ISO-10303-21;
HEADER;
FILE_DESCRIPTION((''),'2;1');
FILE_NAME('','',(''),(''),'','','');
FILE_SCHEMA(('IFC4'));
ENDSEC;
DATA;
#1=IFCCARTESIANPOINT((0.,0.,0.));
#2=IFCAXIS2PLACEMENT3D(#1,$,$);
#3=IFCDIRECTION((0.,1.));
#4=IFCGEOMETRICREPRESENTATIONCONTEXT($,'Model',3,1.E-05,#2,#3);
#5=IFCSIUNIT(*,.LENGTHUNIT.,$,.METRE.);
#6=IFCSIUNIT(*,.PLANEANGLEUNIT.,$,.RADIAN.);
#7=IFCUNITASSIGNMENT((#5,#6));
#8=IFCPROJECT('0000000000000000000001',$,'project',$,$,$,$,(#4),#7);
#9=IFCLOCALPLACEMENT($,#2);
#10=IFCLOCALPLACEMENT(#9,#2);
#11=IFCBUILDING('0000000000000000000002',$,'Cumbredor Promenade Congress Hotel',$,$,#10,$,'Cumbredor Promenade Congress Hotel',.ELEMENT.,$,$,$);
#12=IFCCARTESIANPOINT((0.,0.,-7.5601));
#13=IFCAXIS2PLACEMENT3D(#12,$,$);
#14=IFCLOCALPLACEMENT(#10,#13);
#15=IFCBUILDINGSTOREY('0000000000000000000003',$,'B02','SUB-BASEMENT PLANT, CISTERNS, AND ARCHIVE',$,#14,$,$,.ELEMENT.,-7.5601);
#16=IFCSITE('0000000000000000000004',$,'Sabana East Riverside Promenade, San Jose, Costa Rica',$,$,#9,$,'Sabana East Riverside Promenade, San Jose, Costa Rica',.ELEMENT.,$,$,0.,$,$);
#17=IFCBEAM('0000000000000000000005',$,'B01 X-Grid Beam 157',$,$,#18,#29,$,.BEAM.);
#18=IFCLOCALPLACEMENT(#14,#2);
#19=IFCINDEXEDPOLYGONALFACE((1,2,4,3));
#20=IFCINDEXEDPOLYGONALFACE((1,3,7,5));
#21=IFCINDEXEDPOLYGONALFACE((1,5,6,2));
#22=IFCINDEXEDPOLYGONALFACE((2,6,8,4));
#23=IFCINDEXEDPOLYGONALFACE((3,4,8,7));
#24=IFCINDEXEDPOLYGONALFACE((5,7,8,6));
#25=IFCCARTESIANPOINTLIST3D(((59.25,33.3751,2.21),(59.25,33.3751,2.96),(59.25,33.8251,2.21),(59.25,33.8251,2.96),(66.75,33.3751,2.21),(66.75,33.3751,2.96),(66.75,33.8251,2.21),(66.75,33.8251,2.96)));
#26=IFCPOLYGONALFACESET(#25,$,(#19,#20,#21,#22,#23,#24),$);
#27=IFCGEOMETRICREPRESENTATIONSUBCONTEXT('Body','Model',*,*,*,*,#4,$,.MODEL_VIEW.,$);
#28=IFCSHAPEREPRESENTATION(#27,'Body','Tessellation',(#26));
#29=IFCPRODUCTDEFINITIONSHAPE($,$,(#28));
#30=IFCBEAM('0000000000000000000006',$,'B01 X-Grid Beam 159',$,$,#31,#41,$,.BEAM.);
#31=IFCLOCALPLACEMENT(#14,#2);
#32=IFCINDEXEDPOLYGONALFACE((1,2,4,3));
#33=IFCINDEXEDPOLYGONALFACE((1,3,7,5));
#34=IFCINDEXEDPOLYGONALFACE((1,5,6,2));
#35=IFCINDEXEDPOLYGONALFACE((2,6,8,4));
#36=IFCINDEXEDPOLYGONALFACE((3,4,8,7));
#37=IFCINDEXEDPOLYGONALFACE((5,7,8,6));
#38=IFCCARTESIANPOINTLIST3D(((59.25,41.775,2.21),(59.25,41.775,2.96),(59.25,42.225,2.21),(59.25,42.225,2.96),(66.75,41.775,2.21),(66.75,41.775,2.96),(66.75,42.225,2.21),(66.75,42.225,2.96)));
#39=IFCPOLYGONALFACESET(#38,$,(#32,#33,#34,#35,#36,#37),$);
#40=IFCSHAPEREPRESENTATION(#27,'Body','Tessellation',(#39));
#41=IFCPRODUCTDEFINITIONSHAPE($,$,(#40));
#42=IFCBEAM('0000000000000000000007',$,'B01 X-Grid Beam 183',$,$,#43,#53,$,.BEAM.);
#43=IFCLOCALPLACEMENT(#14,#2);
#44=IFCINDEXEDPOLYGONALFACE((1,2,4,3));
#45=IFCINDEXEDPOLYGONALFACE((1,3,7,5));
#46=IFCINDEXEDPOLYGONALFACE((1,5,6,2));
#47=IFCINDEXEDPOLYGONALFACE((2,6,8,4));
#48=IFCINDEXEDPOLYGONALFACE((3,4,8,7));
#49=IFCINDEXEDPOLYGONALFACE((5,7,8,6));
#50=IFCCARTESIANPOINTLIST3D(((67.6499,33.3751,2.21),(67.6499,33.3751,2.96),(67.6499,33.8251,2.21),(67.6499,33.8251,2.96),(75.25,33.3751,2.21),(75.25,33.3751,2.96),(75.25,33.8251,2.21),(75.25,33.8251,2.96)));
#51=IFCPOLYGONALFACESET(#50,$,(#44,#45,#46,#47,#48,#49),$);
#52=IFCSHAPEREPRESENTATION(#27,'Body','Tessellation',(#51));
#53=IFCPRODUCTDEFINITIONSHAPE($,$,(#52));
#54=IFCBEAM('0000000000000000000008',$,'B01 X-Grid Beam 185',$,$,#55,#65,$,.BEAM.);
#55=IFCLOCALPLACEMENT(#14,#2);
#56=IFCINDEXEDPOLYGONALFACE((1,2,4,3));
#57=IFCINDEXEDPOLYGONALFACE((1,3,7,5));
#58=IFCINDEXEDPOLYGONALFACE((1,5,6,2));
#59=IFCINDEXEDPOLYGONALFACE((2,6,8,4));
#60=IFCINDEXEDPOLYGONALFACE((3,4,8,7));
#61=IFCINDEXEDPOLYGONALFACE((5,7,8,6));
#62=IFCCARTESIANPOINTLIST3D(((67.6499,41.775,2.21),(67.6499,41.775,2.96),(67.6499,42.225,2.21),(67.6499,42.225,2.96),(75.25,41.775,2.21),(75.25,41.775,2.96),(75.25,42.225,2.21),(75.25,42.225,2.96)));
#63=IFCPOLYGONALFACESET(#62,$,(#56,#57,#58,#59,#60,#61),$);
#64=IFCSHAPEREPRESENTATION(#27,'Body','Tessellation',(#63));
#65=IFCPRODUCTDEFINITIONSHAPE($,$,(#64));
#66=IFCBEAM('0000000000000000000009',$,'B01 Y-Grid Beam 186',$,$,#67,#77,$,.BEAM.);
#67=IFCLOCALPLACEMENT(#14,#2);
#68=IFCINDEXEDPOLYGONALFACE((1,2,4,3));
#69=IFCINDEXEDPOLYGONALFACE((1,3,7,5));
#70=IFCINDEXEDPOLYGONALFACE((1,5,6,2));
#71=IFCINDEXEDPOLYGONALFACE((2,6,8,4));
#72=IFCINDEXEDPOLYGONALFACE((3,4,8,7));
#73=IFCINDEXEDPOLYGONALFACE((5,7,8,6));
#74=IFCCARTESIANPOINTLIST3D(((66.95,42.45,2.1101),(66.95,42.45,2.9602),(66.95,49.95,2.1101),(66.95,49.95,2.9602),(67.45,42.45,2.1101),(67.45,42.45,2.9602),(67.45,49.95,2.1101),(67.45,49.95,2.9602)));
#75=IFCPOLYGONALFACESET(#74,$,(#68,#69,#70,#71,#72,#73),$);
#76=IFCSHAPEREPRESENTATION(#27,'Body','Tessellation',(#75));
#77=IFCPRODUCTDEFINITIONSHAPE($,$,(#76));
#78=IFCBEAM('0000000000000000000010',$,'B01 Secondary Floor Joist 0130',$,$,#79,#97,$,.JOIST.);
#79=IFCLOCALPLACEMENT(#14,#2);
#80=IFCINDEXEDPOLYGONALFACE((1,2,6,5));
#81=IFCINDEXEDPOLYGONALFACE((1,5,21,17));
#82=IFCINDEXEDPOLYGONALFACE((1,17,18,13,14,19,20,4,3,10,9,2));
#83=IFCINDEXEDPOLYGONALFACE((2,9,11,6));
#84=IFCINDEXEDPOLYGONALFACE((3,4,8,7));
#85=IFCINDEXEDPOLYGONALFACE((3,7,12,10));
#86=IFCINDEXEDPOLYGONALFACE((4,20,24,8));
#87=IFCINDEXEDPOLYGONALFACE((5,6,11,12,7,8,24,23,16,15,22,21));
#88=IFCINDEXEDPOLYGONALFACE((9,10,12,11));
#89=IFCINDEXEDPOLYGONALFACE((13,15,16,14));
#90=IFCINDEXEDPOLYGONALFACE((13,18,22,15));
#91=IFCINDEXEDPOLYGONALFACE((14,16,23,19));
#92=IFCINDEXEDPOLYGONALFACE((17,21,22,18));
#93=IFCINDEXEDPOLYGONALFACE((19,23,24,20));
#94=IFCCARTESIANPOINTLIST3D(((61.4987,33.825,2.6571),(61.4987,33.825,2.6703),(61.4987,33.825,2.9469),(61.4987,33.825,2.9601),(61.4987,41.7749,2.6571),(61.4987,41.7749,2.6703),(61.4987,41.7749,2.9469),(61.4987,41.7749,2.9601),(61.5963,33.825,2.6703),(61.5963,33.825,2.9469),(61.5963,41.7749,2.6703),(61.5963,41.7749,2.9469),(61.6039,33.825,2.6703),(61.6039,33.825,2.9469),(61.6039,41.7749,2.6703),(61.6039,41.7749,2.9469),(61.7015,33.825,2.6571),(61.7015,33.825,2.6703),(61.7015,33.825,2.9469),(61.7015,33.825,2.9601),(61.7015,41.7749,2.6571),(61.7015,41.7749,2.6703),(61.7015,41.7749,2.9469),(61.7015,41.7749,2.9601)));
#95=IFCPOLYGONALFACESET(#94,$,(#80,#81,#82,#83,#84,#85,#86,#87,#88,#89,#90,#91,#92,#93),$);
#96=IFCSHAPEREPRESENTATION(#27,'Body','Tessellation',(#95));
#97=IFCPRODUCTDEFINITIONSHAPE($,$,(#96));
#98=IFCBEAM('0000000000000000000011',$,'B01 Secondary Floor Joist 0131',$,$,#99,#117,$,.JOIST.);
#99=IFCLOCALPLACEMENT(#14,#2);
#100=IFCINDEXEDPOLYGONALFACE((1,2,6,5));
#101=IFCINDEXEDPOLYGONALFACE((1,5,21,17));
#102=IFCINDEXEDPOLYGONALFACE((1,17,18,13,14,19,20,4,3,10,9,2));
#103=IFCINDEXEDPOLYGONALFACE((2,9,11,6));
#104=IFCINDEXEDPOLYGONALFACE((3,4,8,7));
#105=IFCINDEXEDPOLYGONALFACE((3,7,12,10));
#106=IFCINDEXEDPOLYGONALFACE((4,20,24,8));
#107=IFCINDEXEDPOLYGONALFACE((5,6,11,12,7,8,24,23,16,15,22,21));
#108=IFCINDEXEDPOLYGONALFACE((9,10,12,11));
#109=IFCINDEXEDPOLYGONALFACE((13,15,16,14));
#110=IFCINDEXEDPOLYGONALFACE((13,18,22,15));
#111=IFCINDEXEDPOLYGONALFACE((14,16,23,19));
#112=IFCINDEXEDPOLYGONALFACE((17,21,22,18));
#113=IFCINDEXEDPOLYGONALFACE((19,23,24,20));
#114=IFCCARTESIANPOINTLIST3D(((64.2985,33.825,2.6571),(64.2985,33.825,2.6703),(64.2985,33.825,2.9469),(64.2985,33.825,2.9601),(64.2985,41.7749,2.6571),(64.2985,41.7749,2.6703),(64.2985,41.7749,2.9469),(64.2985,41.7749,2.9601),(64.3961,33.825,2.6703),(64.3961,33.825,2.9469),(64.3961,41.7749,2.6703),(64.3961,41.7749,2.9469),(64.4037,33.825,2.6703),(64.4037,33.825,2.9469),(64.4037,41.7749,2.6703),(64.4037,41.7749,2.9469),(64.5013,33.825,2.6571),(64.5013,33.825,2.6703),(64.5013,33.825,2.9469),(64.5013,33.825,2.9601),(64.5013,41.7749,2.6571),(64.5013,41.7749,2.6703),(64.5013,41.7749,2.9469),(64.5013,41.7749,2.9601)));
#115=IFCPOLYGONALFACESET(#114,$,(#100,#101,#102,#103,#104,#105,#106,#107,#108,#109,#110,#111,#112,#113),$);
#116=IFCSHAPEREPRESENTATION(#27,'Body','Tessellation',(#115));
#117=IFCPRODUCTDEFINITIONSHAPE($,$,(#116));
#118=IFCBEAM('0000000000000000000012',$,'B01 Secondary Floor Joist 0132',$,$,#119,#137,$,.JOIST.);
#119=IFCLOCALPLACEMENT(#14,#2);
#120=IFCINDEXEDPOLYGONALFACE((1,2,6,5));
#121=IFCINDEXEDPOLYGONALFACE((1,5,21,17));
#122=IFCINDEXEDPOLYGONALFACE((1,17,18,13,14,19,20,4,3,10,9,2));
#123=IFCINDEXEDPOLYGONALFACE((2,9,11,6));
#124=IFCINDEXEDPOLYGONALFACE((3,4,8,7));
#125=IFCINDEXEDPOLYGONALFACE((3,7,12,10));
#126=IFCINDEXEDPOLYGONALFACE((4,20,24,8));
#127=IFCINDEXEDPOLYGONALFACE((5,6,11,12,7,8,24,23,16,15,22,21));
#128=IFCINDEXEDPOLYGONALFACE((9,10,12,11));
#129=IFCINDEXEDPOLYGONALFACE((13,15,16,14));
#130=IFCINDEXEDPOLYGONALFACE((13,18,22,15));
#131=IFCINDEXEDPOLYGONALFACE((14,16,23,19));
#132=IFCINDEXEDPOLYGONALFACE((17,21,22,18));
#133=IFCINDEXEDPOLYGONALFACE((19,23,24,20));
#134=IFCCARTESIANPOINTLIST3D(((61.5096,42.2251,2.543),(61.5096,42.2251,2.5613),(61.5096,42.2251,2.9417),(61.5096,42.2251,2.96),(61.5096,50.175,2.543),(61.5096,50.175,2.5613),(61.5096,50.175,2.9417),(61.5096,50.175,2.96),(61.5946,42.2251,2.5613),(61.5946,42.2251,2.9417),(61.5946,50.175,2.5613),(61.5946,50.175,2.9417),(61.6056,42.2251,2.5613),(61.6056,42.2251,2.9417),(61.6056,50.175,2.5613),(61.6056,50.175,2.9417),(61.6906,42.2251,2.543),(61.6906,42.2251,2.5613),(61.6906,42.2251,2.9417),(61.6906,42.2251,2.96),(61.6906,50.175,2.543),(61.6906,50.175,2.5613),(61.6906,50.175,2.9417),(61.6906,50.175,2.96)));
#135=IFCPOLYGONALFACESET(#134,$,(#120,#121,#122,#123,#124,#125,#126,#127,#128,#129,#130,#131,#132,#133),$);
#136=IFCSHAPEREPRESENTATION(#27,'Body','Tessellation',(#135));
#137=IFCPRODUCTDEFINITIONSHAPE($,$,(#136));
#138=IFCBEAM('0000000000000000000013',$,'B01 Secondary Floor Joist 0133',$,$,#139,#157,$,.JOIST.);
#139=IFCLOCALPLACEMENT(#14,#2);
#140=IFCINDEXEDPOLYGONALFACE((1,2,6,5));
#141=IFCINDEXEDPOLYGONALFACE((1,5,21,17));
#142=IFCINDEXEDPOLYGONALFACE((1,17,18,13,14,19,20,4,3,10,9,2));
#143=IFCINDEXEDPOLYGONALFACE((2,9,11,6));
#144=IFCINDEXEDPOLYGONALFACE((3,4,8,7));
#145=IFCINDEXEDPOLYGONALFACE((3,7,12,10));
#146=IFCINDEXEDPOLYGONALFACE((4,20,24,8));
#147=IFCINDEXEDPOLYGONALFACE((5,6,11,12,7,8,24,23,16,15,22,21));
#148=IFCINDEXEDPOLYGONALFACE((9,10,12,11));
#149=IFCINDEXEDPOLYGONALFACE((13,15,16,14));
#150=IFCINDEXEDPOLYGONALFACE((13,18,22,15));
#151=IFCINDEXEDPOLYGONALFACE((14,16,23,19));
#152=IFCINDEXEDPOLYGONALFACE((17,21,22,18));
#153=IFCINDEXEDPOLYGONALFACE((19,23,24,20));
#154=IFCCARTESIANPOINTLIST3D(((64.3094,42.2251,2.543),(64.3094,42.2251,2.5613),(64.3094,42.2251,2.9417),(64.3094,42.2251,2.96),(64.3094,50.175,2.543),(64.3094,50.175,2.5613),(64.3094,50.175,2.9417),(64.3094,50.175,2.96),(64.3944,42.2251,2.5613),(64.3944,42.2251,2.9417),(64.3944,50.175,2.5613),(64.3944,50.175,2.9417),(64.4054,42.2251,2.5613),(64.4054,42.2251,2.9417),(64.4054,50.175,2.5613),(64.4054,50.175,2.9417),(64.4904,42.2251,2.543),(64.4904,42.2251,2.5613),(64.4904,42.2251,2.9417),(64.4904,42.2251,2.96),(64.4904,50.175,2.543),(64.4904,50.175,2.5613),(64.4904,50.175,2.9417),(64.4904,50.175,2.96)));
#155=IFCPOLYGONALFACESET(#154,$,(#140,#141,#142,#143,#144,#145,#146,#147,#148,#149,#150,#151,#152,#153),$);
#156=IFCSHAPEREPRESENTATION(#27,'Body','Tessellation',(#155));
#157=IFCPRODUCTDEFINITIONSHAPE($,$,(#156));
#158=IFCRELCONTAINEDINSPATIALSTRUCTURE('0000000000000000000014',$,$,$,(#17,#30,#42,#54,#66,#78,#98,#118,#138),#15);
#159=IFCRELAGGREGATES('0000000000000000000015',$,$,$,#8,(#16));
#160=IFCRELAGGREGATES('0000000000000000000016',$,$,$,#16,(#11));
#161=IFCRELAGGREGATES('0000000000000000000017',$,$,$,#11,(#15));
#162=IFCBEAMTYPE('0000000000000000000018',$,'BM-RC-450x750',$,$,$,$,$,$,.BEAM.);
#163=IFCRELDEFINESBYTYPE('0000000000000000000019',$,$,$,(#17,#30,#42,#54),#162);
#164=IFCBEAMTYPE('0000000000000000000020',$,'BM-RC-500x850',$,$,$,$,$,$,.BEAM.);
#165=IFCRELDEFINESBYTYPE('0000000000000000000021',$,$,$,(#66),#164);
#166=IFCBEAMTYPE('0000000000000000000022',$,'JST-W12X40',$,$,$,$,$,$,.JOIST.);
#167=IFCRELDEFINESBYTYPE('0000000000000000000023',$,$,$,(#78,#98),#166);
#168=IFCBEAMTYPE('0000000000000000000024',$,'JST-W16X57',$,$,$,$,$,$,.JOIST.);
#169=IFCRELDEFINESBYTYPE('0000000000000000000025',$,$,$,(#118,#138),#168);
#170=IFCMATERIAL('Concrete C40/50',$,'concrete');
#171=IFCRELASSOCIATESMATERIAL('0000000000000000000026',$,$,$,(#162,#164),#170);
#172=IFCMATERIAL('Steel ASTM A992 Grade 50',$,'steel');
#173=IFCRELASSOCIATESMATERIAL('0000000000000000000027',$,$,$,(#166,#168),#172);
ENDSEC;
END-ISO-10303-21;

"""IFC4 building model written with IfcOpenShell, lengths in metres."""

from ifc_helpers import new_model, si_unit, direction, frame, origin, origin_2d, place, context, subcontext, project, spatial, rectangle, i_section, extrude, material, material_profile, profile_set, type_object, element, save


model = new_model("IFC4")

# Units and contexts
model_context = context("Model", 3, precision=1e-05, world=origin(), true_north=direction((0.0, 1.0)))
body_context = subcontext(model_context, "Body", "Model", "MODEL_VIEW")
ifc_project = project(units=[si_unit("LENGTHUNIT", "METRE"), si_unit("PLANEANGLEUNIT", "RADIAN")], contexts=[model_context])

# Site, building, storey
site_placement = place(None, origin())
site = spatial("IfcSite", under=ifc_project, at=site_placement, Name="Sabana East Riverside Promenade, San Jose, Costa Rica", LongName="Sabana East Riverside Promenade, San Jose, Costa Rica", CompositionType="ELEMENT", RefElevation=0.0)
building_placement = place(site_placement, origin())
building = spatial("IfcBuilding", under=site, at=building_placement, Name="Cumbredor Promenade Congress Hotel", LongName="Cumbredor Promenade Congress Hotel", CompositionType="ELEMENT")
storey_placement = place(building_placement, frame((0.0, 0.0, -7.5601)))
storey = spatial("IfcBuildingStorey", under=building, at=storey_placement, Name="B02", Description="SUB-BASEMENT PLANT, CISTERNS, AND ARCHIVE", CompositionType="ELEMENT", Elevation=-7.5601)

# Shared definitions
ifc_material_1 = material(Name="Concrete C40/50", Category="concrete")

# Beams
ifc_material_profile_1 = material_profile(ifc_material_1, rectangle(XDim=0.45, YDim=0.75, at=origin_2d()), Name="RC BEAM 450x750")
ifc_profile_set_1 = profile_set([ifc_material_profile_1], Name="Concrete C40/50")
beam_type_1 = type_object("IfcBeamType", Name="BM-RC-450x750", PredefinedType="BEAM", material=ifc_profile_set_1)
for number, where, z_axis, x_axis, name in (
    (1, (59.25, 33.6001, 2.585), (1.0, 0.0, 0.0), (0.0, 1.0, 0.0), "B01 X-Grid Beam 157"),
    (2, (59.25, 42.0, 2.585), (1.0, 0.0, 0.0), (0.0, 1.0, 0.0), "B01 X-Grid Beam 159"),
):
    element("IfcBeam", number, at=place(storey_placement, frame(where, z_axis=z_axis, x_axis=x_axis)), inside=storey, type_object=beam_type_1, Name=name, PredefinedType="BEAM", context=body_context, shape_type="SweptSolid", body=[
        extrude(rectangle(XDim=0.45, YDim=0.75, at=origin_2d()), origin(), (0.0, 0.0, 1.0), 7.5),
    ])
for number, where, z_axis, x_axis, name in (
    (3, (67.6499, 33.6001, 2.585), (1.0, 0.0, 0.0), (0.0, 1.0, 0.0), "B01 X-Grid Beam 183"),
    (4, (67.6499, 42.0, 2.585), (1.0, 0.0, 0.0), (0.0, 1.0, 0.0), "B01 X-Grid Beam 185"),
):
    element("IfcBeam", number, at=place(storey_placement, frame(where, z_axis=z_axis, x_axis=x_axis)), inside=storey, type_object=beam_type_1, Name=name, PredefinedType="BEAM", context=body_context, shape_type="SweptSolid", body=[
        extrude(rectangle(XDim=0.45, YDim=0.75, at=origin_2d()), origin(), (0.0, 0.0, 1.0), 7.6001),
    ])
ifc_material_profile_2 = material_profile(ifc_material_1, rectangle(XDim=0.5, YDim=0.8501, at=origin_2d()), Name="RC BEAM 500x850")
ifc_profile_set_2 = profile_set([ifc_material_profile_2], Name="Concrete C40/50")
beam_type_2 = type_object("IfcBeamType", Name="BM-RC-500x850", PredefinedType="BEAM", material=ifc_profile_set_2)
beam_placement = place(storey_placement, frame((67.2, 42.45, 2.5352), z_axis=(0.0, 1.0, 0.0), x_axis=(-1.0, 0.0, 0.0)))
element("IfcBeam", 5, at=beam_placement, inside=storey, type_object=beam_type_2, Name="B01 Y-Grid Beam 186", PredefinedType="BEAM", context=body_context, shape_type="SweptSolid", body=[
    extrude(rectangle(XDim=0.5, YDim=0.8501, at=origin_2d()), origin(), (0.0, 0.0, 1.0), 7.5),
])
ifc_material_2 = material(Name="Steel ASTM A992 Grade 50", Category="steel")
ifc_material_profile_3 = material_profile(ifc_material_2, i_section(OverallWidth=0.2029, OverallDepth=0.303, WebThickness=0.0076, FlangeThickness=0.0132, at=origin_2d()), Name="W12X40")
ifc_profile_set_3 = profile_set([ifc_material_profile_3], Name="Steel ASTM A992 Grade 50")
beam_type_3 = type_object("IfcBeamType", Name="JST-W12X40", PredefinedType="JOIST", material=ifc_profile_set_3)
for number, where, z_axis, x_axis, name in (
    (6, (61.6001, 33.825, 2.8086), (0.0, 1.0, 0.0), (-1.0, 0.0, 0.0), "B01 Secondary Floor Joist 0130"),
    (7, (64.3999, 33.825, 2.8086), (0.0, 1.0, 0.0), (-1.0, 0.0, 0.0), "B01 Secondary Floor Joist 0131"),
):
    element("IfcBeam", number, at=place(storey_placement, frame(where, z_axis=z_axis, x_axis=x_axis)), inside=storey, type_object=beam_type_3, Name=name, PredefinedType="JOIST", context=body_context, shape_type="SweptSolid", body=[
        extrude(i_section(OverallWidth=0.2029, OverallDepth=0.303, WebThickness=0.0076, FlangeThickness=0.0132, at=origin_2d()), origin(), (0.0, 0.0, 1.0), 7.95),
    ])
ifc_material_profile_4 = material_profile(ifc_material_2, i_section(OverallWidth=0.1809, OverallDepth=0.417, WebThickness=0.011, FlangeThickness=0.0183, at=origin_2d()), Name="W16X57")
ifc_profile_set_4 = profile_set([ifc_material_profile_4], Name="Steel ASTM A992 Grade 50")
beam_type_4 = type_object("IfcBeamType", Name="JST-W16X57", PredefinedType="JOIST", material=ifc_profile_set_4)
for number, where, z_axis, x_axis, name in (
    (8, (61.6001, 42.2251, 2.7515), (0.0, 1.0, 0.0), (-1.0, 0.0, 0.0), "B01 Secondary Floor Joist 0132"),
    (9, (64.3999, 42.2251, 2.7515), (0.0, 1.0, 0.0), (-1.0, 0.0, 0.0), "B01 Secondary Floor Joist 0133"),
):
    element("IfcBeam", number, at=place(storey_placement, frame(where, z_axis=z_axis, x_axis=x_axis)), inside=storey, type_object=beam_type_4, Name=name, PredefinedType="JOIST", context=body_context, shape_type="SweptSolid", body=[
        extrude(i_section(OverallWidth=0.1809, OverallDepth=0.417, WebThickness=0.011, FlangeThickness=0.0183, at=origin_2d()), origin(), (0.0, 0.0, 1.0), 7.95),
    ])

save(model, "model.ifc")
